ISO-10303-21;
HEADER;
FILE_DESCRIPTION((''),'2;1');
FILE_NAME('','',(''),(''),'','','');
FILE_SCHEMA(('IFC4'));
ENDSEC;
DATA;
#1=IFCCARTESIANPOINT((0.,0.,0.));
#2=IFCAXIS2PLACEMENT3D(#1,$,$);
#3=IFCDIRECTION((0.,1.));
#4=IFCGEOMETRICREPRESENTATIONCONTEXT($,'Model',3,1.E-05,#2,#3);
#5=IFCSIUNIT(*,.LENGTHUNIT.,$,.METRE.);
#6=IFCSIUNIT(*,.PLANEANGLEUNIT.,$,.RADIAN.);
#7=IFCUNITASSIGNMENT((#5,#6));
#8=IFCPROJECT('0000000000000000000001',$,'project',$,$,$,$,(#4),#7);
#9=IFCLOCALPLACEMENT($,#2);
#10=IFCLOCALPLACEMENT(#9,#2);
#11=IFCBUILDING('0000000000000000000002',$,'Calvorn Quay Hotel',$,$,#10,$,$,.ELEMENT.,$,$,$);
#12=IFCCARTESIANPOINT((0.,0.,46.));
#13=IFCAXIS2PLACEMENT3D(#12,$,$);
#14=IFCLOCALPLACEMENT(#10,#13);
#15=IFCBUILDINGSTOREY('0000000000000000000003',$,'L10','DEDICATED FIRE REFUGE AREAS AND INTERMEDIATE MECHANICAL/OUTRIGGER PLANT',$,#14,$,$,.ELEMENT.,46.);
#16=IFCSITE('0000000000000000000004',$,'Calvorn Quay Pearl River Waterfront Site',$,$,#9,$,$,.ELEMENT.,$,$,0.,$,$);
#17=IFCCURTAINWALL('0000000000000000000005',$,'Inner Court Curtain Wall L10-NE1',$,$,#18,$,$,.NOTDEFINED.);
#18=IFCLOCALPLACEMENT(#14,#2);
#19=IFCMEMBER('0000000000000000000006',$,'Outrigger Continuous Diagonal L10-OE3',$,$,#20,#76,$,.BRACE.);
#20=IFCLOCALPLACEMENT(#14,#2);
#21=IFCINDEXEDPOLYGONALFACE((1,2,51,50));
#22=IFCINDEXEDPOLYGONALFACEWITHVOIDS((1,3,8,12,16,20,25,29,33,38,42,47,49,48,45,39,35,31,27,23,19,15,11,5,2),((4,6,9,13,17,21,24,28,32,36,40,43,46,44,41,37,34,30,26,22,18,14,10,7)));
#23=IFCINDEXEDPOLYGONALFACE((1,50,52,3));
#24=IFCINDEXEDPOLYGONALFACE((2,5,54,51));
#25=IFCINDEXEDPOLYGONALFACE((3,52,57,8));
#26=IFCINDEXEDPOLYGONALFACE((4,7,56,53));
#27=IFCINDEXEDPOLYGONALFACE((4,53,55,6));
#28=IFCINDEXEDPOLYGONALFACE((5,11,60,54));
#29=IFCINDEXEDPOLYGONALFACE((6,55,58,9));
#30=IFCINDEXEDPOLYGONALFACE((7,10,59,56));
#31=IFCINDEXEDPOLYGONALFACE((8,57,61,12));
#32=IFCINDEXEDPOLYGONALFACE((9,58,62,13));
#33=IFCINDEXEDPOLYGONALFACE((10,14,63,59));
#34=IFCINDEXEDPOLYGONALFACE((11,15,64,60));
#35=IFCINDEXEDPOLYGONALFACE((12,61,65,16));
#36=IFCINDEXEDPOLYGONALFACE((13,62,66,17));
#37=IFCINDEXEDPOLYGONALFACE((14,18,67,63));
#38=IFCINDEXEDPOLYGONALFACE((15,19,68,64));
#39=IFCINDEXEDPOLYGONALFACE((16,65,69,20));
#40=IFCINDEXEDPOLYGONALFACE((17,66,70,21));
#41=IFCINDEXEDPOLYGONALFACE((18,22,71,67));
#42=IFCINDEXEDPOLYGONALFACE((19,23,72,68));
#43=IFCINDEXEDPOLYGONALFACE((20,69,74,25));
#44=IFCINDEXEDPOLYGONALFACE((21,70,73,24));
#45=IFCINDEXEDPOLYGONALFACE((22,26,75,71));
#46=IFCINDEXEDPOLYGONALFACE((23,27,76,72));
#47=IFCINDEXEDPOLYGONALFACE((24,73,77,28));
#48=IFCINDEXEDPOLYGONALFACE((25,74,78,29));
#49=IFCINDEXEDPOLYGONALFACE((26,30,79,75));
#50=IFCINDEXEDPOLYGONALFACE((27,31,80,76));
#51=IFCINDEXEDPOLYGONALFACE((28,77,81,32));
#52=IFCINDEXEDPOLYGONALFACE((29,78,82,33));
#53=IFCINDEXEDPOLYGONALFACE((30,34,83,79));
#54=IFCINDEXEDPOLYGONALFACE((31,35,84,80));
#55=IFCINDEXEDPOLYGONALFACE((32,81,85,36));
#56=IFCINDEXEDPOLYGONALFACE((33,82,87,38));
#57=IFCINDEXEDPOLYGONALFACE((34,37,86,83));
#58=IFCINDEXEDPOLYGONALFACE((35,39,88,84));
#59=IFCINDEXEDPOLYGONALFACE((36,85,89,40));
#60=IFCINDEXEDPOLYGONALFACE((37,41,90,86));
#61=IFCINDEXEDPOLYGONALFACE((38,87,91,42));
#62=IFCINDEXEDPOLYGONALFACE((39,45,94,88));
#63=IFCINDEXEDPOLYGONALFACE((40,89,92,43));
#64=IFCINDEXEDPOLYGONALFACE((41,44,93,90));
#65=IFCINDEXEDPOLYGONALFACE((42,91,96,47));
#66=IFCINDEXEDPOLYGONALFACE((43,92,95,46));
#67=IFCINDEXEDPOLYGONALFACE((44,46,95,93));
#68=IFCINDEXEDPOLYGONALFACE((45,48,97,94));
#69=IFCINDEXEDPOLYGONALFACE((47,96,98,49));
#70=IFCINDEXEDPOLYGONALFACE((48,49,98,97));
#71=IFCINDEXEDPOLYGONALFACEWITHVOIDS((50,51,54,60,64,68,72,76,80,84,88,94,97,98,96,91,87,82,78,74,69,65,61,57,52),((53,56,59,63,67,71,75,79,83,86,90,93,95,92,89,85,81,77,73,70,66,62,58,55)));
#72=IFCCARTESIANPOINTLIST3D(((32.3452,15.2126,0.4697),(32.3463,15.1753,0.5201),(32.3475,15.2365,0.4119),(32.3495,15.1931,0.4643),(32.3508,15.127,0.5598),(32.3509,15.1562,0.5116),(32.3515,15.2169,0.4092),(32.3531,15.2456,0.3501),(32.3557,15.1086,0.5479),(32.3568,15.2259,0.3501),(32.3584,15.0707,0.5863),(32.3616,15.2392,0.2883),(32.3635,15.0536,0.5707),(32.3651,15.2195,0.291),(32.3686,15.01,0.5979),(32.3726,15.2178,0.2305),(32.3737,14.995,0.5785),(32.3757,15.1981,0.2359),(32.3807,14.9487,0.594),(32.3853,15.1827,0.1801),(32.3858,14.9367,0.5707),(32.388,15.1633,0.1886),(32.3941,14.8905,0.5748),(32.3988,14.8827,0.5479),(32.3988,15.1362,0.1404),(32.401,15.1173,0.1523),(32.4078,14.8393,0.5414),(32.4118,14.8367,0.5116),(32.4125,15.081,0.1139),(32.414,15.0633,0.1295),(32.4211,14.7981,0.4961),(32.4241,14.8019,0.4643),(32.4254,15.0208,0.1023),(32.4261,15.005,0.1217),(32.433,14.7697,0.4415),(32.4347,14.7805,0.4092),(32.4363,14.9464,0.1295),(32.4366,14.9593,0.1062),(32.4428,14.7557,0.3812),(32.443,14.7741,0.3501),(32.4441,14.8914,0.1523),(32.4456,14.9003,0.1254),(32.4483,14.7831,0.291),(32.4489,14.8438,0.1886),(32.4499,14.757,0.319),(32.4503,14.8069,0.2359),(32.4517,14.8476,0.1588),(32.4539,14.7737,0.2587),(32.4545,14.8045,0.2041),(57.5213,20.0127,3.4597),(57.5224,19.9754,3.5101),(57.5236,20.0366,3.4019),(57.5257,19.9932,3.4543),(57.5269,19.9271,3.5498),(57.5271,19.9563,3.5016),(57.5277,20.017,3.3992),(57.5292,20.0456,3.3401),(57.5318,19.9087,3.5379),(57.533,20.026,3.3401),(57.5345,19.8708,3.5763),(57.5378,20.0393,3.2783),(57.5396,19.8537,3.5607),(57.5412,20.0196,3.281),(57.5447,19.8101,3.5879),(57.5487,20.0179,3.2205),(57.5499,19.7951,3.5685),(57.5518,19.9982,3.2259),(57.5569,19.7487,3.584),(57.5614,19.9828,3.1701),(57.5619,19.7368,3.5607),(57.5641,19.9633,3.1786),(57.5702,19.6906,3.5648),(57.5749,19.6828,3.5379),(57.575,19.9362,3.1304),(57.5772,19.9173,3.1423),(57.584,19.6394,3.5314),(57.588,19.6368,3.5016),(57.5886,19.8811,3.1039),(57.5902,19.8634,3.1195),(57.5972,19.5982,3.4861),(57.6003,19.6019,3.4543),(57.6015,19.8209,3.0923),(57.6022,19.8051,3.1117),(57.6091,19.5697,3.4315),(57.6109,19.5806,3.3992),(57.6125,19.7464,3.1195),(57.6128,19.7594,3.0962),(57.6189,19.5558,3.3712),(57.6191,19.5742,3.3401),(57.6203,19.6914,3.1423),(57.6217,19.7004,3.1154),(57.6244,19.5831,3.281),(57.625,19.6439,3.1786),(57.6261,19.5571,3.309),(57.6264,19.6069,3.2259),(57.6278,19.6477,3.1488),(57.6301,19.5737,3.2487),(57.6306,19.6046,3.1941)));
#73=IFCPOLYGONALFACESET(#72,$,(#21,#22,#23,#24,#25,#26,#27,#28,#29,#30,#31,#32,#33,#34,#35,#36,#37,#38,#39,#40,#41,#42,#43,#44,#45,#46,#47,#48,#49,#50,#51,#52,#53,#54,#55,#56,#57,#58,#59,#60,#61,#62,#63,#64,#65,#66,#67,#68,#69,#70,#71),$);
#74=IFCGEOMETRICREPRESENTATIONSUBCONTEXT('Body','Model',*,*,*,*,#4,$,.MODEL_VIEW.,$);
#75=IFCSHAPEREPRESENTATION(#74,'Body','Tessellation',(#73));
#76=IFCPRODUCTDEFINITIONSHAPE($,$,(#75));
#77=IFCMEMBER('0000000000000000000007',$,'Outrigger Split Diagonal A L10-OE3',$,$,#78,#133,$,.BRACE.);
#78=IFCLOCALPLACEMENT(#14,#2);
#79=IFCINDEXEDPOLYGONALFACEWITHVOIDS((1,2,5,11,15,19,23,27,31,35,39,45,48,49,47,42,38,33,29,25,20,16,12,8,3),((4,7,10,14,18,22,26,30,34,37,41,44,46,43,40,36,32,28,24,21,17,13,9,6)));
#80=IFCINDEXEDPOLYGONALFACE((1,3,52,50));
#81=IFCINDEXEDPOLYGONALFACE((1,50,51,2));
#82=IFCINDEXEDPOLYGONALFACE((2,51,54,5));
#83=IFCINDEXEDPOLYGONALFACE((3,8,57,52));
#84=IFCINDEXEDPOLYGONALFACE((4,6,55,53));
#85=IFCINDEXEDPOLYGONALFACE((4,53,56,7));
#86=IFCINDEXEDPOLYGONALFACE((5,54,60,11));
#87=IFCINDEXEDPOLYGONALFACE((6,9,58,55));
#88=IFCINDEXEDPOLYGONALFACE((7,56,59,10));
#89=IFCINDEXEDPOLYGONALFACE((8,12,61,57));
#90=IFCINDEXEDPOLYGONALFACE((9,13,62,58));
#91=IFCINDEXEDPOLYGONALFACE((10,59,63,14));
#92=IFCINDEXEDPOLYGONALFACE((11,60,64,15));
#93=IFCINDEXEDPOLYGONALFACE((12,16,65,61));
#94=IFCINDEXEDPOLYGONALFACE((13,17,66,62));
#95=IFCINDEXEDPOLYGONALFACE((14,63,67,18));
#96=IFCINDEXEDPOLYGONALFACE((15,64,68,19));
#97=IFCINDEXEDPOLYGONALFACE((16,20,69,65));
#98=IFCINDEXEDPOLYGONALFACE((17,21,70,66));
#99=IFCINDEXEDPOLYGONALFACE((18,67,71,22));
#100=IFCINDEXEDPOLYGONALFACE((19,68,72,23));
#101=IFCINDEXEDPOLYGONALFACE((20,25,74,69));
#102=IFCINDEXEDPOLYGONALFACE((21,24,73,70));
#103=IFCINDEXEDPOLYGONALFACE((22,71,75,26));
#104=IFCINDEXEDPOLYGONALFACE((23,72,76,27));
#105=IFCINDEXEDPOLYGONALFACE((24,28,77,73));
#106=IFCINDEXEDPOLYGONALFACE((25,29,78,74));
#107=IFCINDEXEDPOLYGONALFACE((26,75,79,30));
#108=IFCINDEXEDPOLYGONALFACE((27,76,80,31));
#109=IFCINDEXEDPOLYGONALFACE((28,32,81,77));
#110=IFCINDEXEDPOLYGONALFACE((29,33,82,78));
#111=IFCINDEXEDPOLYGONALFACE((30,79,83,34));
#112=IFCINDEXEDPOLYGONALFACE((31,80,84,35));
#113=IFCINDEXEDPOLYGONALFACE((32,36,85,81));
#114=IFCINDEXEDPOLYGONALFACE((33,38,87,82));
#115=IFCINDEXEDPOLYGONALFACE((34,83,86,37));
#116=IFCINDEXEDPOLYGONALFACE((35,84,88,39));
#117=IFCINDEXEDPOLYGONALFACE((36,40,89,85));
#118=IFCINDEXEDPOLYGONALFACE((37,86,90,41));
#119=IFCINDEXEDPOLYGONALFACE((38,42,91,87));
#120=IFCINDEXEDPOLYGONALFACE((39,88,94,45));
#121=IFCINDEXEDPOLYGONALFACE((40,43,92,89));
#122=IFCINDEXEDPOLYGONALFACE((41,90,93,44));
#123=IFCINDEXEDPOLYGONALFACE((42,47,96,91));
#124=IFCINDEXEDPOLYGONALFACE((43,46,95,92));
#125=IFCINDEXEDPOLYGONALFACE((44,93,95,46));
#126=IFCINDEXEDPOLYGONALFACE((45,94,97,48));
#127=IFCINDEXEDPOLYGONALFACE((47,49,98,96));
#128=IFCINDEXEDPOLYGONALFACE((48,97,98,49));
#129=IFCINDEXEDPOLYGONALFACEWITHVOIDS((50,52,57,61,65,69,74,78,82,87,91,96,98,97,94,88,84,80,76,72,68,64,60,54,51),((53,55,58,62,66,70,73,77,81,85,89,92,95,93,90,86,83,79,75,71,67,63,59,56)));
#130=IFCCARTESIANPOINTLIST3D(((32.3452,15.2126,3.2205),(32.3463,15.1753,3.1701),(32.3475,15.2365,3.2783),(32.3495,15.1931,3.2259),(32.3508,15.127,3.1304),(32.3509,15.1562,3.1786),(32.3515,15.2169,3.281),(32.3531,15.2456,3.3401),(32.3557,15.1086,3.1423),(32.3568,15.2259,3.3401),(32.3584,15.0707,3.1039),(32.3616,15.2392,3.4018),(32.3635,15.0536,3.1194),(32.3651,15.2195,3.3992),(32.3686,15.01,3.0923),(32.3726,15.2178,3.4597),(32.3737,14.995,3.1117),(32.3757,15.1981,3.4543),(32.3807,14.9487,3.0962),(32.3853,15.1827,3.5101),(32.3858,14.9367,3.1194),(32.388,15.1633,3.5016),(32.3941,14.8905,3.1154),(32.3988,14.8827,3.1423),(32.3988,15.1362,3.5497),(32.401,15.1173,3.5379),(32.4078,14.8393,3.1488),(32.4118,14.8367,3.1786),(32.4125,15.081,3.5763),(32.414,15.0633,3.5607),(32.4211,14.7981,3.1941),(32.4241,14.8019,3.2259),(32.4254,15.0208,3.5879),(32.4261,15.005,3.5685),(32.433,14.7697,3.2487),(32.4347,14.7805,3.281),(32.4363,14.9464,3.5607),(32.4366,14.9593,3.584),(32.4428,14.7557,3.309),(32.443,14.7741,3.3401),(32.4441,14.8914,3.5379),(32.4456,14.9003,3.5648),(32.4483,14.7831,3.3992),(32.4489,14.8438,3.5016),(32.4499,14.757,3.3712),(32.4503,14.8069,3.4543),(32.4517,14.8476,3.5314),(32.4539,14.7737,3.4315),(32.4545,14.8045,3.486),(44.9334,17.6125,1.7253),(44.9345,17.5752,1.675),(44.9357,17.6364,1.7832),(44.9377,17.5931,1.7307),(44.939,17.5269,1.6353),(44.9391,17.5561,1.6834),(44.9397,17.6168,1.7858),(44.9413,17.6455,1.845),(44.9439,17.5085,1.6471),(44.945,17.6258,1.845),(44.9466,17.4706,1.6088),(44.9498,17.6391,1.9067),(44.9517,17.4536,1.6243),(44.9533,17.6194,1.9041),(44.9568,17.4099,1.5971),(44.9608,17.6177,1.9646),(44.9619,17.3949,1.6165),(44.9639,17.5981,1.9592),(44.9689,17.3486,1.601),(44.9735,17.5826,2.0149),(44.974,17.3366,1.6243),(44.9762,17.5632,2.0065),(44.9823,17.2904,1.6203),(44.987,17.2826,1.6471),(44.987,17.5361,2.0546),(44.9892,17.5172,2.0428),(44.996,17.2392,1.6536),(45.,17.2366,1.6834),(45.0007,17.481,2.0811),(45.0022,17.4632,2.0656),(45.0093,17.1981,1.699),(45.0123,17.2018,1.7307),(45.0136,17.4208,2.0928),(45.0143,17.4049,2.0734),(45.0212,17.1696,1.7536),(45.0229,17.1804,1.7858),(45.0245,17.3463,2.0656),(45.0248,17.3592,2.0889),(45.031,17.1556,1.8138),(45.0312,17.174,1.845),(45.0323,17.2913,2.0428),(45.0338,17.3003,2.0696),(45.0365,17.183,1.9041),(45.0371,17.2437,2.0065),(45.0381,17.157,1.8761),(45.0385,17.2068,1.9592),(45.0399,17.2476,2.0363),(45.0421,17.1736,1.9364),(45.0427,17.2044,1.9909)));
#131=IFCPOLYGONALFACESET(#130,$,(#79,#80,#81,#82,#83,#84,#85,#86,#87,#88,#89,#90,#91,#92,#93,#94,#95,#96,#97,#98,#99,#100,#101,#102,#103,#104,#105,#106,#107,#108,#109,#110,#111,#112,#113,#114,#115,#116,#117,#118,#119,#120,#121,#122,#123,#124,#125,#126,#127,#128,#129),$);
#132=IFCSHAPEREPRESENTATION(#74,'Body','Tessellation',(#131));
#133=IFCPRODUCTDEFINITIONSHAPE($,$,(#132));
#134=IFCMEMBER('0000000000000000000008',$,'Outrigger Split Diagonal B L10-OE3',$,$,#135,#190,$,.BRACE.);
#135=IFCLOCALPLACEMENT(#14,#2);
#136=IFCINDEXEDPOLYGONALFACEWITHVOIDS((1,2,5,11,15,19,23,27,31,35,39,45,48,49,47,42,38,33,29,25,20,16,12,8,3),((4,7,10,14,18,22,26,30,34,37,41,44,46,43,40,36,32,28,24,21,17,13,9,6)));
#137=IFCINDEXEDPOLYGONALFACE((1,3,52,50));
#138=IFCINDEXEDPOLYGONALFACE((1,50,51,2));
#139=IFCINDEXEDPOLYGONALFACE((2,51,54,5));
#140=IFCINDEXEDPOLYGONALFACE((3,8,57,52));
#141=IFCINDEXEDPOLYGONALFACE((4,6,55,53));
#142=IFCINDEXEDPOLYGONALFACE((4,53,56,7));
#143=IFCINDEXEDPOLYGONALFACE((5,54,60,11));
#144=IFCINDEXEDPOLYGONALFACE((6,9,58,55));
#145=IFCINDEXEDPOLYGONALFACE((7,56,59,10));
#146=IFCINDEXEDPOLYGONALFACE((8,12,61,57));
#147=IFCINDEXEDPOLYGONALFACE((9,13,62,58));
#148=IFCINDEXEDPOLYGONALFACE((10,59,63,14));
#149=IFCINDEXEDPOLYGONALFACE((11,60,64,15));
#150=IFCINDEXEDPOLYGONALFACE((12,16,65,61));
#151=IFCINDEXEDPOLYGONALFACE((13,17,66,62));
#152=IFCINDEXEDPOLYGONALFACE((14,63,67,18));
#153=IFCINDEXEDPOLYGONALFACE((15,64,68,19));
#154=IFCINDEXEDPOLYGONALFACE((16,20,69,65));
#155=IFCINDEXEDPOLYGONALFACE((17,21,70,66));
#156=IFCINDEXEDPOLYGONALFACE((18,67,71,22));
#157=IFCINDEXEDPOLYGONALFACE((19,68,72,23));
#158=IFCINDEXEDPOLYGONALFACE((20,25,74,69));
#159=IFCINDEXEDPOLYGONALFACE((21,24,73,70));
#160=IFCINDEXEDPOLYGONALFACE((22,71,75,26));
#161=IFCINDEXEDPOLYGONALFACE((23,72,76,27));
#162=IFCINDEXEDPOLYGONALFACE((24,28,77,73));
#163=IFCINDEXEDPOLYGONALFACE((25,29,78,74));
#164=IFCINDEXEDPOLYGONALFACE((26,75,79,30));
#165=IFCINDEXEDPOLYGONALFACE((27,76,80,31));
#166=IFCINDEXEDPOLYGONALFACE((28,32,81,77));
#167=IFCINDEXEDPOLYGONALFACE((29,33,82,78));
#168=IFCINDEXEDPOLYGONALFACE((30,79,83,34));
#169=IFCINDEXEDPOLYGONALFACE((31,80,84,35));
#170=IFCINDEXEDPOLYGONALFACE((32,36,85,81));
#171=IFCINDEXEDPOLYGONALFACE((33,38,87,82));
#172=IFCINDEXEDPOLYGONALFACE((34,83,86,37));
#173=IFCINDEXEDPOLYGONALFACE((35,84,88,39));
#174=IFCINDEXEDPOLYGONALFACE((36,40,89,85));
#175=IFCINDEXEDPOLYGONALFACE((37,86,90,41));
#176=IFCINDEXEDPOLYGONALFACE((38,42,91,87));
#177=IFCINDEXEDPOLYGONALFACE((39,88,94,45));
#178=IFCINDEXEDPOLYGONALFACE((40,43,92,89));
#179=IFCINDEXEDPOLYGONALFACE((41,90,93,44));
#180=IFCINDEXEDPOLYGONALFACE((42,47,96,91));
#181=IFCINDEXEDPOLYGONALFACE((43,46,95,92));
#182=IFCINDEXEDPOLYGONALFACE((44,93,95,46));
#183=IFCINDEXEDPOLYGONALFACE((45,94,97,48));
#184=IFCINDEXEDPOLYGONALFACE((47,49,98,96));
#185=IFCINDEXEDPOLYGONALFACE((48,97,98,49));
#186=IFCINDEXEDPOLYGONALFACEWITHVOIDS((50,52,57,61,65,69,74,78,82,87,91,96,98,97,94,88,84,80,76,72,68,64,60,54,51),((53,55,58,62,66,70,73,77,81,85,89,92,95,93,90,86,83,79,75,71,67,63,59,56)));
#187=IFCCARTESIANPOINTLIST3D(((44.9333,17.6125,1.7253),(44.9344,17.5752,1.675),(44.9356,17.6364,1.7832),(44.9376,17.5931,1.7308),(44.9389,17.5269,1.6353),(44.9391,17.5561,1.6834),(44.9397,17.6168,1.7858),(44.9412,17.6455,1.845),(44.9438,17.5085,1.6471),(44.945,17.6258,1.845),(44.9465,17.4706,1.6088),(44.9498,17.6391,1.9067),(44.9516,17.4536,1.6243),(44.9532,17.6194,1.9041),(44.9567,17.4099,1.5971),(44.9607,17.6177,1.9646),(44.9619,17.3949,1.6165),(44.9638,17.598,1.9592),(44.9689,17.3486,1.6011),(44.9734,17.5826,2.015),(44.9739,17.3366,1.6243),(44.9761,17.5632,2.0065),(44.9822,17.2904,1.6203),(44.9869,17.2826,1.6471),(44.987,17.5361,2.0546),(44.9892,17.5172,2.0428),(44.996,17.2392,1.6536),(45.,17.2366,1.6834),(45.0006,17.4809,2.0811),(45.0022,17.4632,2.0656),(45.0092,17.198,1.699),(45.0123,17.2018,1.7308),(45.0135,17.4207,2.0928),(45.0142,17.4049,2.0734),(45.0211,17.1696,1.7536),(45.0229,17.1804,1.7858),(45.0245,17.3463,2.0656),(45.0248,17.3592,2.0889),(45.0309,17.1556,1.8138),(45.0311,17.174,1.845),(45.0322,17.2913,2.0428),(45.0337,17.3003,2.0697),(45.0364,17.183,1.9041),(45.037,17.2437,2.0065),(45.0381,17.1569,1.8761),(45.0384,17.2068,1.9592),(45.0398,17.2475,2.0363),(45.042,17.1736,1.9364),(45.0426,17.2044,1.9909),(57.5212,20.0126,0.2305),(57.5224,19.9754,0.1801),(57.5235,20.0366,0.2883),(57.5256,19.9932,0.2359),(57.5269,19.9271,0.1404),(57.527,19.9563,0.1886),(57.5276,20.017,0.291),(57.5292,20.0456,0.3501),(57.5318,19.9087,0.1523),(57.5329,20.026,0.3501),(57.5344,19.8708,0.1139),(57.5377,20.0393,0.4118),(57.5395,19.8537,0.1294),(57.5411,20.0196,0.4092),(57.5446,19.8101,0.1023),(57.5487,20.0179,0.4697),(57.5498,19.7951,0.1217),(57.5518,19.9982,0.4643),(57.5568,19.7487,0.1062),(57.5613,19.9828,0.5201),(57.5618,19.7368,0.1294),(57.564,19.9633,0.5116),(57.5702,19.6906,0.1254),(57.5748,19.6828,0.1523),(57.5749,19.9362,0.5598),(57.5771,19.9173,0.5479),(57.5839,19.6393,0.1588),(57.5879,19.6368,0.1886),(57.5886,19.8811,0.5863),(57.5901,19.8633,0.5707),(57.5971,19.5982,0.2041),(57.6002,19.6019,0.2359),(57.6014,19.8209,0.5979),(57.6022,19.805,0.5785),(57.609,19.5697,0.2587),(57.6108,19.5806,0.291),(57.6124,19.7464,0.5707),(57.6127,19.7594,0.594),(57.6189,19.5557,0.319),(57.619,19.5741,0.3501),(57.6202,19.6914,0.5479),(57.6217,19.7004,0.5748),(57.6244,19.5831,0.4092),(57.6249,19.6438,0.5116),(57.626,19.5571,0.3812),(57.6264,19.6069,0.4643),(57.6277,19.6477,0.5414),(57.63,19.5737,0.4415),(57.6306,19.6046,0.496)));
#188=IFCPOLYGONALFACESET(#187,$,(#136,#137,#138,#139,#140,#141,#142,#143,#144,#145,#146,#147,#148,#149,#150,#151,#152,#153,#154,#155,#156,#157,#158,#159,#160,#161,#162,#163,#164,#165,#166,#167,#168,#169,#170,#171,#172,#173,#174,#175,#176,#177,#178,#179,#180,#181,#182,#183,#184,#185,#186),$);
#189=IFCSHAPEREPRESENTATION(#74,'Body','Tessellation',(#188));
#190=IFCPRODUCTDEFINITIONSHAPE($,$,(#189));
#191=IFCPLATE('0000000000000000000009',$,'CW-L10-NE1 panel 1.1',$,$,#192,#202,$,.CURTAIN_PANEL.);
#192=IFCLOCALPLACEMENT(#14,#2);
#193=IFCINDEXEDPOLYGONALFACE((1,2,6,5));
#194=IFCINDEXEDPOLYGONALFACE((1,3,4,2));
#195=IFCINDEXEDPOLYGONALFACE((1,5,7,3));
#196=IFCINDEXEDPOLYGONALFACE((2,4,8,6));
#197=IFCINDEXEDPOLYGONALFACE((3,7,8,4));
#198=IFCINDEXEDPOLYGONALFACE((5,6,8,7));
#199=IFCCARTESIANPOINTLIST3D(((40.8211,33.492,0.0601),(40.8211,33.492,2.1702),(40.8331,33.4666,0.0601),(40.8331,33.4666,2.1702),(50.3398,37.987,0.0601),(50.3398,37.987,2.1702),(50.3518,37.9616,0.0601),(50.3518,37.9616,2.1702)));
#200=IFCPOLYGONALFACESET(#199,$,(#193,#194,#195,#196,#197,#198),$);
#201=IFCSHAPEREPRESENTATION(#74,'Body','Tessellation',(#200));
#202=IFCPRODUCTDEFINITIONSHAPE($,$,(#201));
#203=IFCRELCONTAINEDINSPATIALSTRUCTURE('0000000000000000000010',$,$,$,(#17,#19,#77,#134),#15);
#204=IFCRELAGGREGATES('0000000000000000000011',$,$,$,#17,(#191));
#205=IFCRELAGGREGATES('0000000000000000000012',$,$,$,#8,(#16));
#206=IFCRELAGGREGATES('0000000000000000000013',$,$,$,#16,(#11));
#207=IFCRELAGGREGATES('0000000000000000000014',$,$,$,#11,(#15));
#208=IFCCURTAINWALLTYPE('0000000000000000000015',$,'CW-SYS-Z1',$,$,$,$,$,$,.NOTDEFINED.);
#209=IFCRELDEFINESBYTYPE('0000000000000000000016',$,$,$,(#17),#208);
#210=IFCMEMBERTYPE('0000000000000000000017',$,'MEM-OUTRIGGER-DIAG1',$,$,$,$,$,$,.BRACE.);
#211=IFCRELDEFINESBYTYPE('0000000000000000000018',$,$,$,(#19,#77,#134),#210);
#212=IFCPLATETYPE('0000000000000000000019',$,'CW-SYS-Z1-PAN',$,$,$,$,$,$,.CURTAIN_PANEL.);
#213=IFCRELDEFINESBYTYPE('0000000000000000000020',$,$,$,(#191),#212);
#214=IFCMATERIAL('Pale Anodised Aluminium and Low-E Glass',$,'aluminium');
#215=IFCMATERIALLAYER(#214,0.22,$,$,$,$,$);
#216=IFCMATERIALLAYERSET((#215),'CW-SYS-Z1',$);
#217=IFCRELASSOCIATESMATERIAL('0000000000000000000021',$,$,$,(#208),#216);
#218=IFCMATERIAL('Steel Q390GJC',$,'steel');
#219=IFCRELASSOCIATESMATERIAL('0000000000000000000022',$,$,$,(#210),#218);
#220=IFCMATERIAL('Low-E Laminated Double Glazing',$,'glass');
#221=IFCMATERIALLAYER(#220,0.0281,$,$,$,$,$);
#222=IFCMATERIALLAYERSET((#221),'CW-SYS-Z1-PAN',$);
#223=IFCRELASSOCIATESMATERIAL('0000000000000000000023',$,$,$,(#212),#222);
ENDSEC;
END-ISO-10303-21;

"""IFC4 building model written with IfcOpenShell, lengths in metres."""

from ifc_helpers import new_model, si_unit, direction, frame, origin, origin_2d, place, context, subcontext, project, spatial, rectangle, hollow_circle, extrude, material, layer, layer_set, material_profile, profile_set, type_object, element, aggregate, save


model = new_model("IFC4")

# Units and contexts
model_context = context("Model", 3, precision=1e-05, world=origin(), true_north=direction((0.0, 1.0)))
body_context = subcontext(model_context, "Body", "Model", "MODEL_VIEW")
ifc_project = project(units=[si_unit("LENGTHUNIT", "METRE"), si_unit("PLANEANGLEUNIT", "RADIAN")], contexts=[model_context])

# Site, building, storey
site_placement = place(None, origin())
site = spatial("IfcSite", under=ifc_project, at=site_placement, Name="Calvorn Quay Pearl River Waterfront Site", CompositionType="ELEMENT", RefElevation=0.0)
building_placement = place(site_placement, origin())
building = spatial("IfcBuilding", under=site, at=building_placement, Name="Calvorn Quay Hotel", CompositionType="ELEMENT")
storey_placement = place(building_placement, frame((0.0, 0.0, 46.0)))
storey = spatial("IfcBuildingStorey", under=building, at=storey_placement, Name="L10", Description="DEDICATED FIRE REFUGE AREAS AND INTERMEDIATE MECHANICAL/OUTRIGGER PLANT", CompositionType="ELEMENT", Elevation=46.0)

# Curtain wall
ifc_material_1 = material(Name="Pale Anodised Aluminium and Low-E Glass", Category="aluminium")
ifc_layer_1 = layer(ifc_material_1, 0.22)
ifc_layer_set_1 = layer_set([ifc_layer_1], Name="CW-SYS-Z1")
curtain_wall_type = type_object("IfcCurtainWallType", Name="CW-SYS-Z1", PredefinedType="NOTDEFINED", material=ifc_layer_set_1)
curtain_wall_placement = place(storey_placement, origin())
curtain_wall = element("IfcCurtainWall", 1, at=curtain_wall_placement, inside=storey, type_object=curtain_wall_type, Name="Inner Court Curtain Wall L10-NE1", PredefinedType="NOTDEFINED")

# Members
ifc_material_2 = material(Name="Steel Q390GJC", Category="steel")
ifc_material_profile_1 = material_profile(ifc_material_2, hollow_circle(Radius=0.25, WallThickness=0.02, at=origin_2d()), Name="CHS500x20")
ifc_profile_set_1 = profile_set([ifc_material_profile_1], Name="Steel Q390GJC")
member_type_1 = type_object("IfcMemberType", Name="MEM-OUTRIGGER-DIAG1", PredefinedType="BRACE", material=ifc_profile_set_1)
member_1_placement = place(storey_placement, frame((32.3999, 15.0, 0.3501), z_axis=(0.975688, 0.186024, 0.115876), x_axis=(-0.187286, 0.982305, 0.0)))
element("IfcMember", 2, at=member_1_placement, inside=storey, type_object=member_type_1, Name="Outrigger Continuous Diagonal L10-OE3", PredefinedType="BRACE", context=body_context, shape_type="SweptSolid", body=[
    extrude(hollow_circle(Radius=0.25, WallThickness=0.02, at=origin_2d()), origin(), (0.0, 0.0, 1.0), 25.8035),
])
member_2_placement = place(storey_placement, frame((32.3999, 15.0, 3.3401), z_axis=(0.975689, 0.186013, -0.115885), x_axis=(-0.187275, 0.982308, 0.0)))
element("IfcMember", 3, at=member_2_placement, inside=storey, type_object=member_type_1, Name="Outrigger Split Diagonal A L10-OE3", PredefinedType="BRACE", context=body_context, shape_type="SweptSolid", body=[
    extrude(hollow_circle(Radius=0.25, WallThickness=0.02, at=origin_2d()), origin(), (0.0, 0.0, 1.0), 12.9019),
])
member_3_placement = place(storey_placement, frame((44.988, 17.3999, 1.845), z_axis=(0.975687, 0.186035, -0.115868), x_axis=(-0.187297, 0.982303, 0.0)))
element("IfcMember", 4, at=member_3_placement, inside=storey, type_object=member_type_1, Name="Outrigger Split Diagonal B L10-OE3", PredefinedType="BRACE", context=body_context, shape_type="SweptSolid", body=[
    extrude(hollow_circle(Radius=0.25, WallThickness=0.02, at=origin_2d()), origin(), (0.0, 0.0, 1.0), 12.9016),
])

# Plate
ifc_material_3 = material(Name="Low-E Laminated Double Glazing", Category="glass")
ifc_layer_2 = layer(ifc_material_3, 0.0281)
ifc_layer_set_2 = layer_set([ifc_layer_2], Name="CW-SYS-Z1-PAN")
plate_type_1 = type_object("IfcPlateType", Name="CW-SYS-Z1-PAN", PredefinedType="CURTAIN_PANEL", material=ifc_layer_set_2)
plate_1_placement = place(storey_placement, frame((45.5864, 35.7268, 0.0601), z_axis=(0.0, 0.0, 1.0), x_axis=(-0.904249, -0.427006, 0.0)))
plate_1 = element("IfcPlate", 5, at=plate_1_placement, type_object=plate_type_1, Name="CW-L10-NE1 panel 1.1", PredefinedType="CURTAIN_PANEL", context=body_context, shape_type="SweptSolid", body=[
    extrude(rectangle(XDim=10.5266, YDim=0.0281, at=origin_2d()), origin(), (0.0, 0.0, 1.0), 2.1101),
])
aggregate(curtain_wall, [plate_1])

save(model, "model.ifc")
